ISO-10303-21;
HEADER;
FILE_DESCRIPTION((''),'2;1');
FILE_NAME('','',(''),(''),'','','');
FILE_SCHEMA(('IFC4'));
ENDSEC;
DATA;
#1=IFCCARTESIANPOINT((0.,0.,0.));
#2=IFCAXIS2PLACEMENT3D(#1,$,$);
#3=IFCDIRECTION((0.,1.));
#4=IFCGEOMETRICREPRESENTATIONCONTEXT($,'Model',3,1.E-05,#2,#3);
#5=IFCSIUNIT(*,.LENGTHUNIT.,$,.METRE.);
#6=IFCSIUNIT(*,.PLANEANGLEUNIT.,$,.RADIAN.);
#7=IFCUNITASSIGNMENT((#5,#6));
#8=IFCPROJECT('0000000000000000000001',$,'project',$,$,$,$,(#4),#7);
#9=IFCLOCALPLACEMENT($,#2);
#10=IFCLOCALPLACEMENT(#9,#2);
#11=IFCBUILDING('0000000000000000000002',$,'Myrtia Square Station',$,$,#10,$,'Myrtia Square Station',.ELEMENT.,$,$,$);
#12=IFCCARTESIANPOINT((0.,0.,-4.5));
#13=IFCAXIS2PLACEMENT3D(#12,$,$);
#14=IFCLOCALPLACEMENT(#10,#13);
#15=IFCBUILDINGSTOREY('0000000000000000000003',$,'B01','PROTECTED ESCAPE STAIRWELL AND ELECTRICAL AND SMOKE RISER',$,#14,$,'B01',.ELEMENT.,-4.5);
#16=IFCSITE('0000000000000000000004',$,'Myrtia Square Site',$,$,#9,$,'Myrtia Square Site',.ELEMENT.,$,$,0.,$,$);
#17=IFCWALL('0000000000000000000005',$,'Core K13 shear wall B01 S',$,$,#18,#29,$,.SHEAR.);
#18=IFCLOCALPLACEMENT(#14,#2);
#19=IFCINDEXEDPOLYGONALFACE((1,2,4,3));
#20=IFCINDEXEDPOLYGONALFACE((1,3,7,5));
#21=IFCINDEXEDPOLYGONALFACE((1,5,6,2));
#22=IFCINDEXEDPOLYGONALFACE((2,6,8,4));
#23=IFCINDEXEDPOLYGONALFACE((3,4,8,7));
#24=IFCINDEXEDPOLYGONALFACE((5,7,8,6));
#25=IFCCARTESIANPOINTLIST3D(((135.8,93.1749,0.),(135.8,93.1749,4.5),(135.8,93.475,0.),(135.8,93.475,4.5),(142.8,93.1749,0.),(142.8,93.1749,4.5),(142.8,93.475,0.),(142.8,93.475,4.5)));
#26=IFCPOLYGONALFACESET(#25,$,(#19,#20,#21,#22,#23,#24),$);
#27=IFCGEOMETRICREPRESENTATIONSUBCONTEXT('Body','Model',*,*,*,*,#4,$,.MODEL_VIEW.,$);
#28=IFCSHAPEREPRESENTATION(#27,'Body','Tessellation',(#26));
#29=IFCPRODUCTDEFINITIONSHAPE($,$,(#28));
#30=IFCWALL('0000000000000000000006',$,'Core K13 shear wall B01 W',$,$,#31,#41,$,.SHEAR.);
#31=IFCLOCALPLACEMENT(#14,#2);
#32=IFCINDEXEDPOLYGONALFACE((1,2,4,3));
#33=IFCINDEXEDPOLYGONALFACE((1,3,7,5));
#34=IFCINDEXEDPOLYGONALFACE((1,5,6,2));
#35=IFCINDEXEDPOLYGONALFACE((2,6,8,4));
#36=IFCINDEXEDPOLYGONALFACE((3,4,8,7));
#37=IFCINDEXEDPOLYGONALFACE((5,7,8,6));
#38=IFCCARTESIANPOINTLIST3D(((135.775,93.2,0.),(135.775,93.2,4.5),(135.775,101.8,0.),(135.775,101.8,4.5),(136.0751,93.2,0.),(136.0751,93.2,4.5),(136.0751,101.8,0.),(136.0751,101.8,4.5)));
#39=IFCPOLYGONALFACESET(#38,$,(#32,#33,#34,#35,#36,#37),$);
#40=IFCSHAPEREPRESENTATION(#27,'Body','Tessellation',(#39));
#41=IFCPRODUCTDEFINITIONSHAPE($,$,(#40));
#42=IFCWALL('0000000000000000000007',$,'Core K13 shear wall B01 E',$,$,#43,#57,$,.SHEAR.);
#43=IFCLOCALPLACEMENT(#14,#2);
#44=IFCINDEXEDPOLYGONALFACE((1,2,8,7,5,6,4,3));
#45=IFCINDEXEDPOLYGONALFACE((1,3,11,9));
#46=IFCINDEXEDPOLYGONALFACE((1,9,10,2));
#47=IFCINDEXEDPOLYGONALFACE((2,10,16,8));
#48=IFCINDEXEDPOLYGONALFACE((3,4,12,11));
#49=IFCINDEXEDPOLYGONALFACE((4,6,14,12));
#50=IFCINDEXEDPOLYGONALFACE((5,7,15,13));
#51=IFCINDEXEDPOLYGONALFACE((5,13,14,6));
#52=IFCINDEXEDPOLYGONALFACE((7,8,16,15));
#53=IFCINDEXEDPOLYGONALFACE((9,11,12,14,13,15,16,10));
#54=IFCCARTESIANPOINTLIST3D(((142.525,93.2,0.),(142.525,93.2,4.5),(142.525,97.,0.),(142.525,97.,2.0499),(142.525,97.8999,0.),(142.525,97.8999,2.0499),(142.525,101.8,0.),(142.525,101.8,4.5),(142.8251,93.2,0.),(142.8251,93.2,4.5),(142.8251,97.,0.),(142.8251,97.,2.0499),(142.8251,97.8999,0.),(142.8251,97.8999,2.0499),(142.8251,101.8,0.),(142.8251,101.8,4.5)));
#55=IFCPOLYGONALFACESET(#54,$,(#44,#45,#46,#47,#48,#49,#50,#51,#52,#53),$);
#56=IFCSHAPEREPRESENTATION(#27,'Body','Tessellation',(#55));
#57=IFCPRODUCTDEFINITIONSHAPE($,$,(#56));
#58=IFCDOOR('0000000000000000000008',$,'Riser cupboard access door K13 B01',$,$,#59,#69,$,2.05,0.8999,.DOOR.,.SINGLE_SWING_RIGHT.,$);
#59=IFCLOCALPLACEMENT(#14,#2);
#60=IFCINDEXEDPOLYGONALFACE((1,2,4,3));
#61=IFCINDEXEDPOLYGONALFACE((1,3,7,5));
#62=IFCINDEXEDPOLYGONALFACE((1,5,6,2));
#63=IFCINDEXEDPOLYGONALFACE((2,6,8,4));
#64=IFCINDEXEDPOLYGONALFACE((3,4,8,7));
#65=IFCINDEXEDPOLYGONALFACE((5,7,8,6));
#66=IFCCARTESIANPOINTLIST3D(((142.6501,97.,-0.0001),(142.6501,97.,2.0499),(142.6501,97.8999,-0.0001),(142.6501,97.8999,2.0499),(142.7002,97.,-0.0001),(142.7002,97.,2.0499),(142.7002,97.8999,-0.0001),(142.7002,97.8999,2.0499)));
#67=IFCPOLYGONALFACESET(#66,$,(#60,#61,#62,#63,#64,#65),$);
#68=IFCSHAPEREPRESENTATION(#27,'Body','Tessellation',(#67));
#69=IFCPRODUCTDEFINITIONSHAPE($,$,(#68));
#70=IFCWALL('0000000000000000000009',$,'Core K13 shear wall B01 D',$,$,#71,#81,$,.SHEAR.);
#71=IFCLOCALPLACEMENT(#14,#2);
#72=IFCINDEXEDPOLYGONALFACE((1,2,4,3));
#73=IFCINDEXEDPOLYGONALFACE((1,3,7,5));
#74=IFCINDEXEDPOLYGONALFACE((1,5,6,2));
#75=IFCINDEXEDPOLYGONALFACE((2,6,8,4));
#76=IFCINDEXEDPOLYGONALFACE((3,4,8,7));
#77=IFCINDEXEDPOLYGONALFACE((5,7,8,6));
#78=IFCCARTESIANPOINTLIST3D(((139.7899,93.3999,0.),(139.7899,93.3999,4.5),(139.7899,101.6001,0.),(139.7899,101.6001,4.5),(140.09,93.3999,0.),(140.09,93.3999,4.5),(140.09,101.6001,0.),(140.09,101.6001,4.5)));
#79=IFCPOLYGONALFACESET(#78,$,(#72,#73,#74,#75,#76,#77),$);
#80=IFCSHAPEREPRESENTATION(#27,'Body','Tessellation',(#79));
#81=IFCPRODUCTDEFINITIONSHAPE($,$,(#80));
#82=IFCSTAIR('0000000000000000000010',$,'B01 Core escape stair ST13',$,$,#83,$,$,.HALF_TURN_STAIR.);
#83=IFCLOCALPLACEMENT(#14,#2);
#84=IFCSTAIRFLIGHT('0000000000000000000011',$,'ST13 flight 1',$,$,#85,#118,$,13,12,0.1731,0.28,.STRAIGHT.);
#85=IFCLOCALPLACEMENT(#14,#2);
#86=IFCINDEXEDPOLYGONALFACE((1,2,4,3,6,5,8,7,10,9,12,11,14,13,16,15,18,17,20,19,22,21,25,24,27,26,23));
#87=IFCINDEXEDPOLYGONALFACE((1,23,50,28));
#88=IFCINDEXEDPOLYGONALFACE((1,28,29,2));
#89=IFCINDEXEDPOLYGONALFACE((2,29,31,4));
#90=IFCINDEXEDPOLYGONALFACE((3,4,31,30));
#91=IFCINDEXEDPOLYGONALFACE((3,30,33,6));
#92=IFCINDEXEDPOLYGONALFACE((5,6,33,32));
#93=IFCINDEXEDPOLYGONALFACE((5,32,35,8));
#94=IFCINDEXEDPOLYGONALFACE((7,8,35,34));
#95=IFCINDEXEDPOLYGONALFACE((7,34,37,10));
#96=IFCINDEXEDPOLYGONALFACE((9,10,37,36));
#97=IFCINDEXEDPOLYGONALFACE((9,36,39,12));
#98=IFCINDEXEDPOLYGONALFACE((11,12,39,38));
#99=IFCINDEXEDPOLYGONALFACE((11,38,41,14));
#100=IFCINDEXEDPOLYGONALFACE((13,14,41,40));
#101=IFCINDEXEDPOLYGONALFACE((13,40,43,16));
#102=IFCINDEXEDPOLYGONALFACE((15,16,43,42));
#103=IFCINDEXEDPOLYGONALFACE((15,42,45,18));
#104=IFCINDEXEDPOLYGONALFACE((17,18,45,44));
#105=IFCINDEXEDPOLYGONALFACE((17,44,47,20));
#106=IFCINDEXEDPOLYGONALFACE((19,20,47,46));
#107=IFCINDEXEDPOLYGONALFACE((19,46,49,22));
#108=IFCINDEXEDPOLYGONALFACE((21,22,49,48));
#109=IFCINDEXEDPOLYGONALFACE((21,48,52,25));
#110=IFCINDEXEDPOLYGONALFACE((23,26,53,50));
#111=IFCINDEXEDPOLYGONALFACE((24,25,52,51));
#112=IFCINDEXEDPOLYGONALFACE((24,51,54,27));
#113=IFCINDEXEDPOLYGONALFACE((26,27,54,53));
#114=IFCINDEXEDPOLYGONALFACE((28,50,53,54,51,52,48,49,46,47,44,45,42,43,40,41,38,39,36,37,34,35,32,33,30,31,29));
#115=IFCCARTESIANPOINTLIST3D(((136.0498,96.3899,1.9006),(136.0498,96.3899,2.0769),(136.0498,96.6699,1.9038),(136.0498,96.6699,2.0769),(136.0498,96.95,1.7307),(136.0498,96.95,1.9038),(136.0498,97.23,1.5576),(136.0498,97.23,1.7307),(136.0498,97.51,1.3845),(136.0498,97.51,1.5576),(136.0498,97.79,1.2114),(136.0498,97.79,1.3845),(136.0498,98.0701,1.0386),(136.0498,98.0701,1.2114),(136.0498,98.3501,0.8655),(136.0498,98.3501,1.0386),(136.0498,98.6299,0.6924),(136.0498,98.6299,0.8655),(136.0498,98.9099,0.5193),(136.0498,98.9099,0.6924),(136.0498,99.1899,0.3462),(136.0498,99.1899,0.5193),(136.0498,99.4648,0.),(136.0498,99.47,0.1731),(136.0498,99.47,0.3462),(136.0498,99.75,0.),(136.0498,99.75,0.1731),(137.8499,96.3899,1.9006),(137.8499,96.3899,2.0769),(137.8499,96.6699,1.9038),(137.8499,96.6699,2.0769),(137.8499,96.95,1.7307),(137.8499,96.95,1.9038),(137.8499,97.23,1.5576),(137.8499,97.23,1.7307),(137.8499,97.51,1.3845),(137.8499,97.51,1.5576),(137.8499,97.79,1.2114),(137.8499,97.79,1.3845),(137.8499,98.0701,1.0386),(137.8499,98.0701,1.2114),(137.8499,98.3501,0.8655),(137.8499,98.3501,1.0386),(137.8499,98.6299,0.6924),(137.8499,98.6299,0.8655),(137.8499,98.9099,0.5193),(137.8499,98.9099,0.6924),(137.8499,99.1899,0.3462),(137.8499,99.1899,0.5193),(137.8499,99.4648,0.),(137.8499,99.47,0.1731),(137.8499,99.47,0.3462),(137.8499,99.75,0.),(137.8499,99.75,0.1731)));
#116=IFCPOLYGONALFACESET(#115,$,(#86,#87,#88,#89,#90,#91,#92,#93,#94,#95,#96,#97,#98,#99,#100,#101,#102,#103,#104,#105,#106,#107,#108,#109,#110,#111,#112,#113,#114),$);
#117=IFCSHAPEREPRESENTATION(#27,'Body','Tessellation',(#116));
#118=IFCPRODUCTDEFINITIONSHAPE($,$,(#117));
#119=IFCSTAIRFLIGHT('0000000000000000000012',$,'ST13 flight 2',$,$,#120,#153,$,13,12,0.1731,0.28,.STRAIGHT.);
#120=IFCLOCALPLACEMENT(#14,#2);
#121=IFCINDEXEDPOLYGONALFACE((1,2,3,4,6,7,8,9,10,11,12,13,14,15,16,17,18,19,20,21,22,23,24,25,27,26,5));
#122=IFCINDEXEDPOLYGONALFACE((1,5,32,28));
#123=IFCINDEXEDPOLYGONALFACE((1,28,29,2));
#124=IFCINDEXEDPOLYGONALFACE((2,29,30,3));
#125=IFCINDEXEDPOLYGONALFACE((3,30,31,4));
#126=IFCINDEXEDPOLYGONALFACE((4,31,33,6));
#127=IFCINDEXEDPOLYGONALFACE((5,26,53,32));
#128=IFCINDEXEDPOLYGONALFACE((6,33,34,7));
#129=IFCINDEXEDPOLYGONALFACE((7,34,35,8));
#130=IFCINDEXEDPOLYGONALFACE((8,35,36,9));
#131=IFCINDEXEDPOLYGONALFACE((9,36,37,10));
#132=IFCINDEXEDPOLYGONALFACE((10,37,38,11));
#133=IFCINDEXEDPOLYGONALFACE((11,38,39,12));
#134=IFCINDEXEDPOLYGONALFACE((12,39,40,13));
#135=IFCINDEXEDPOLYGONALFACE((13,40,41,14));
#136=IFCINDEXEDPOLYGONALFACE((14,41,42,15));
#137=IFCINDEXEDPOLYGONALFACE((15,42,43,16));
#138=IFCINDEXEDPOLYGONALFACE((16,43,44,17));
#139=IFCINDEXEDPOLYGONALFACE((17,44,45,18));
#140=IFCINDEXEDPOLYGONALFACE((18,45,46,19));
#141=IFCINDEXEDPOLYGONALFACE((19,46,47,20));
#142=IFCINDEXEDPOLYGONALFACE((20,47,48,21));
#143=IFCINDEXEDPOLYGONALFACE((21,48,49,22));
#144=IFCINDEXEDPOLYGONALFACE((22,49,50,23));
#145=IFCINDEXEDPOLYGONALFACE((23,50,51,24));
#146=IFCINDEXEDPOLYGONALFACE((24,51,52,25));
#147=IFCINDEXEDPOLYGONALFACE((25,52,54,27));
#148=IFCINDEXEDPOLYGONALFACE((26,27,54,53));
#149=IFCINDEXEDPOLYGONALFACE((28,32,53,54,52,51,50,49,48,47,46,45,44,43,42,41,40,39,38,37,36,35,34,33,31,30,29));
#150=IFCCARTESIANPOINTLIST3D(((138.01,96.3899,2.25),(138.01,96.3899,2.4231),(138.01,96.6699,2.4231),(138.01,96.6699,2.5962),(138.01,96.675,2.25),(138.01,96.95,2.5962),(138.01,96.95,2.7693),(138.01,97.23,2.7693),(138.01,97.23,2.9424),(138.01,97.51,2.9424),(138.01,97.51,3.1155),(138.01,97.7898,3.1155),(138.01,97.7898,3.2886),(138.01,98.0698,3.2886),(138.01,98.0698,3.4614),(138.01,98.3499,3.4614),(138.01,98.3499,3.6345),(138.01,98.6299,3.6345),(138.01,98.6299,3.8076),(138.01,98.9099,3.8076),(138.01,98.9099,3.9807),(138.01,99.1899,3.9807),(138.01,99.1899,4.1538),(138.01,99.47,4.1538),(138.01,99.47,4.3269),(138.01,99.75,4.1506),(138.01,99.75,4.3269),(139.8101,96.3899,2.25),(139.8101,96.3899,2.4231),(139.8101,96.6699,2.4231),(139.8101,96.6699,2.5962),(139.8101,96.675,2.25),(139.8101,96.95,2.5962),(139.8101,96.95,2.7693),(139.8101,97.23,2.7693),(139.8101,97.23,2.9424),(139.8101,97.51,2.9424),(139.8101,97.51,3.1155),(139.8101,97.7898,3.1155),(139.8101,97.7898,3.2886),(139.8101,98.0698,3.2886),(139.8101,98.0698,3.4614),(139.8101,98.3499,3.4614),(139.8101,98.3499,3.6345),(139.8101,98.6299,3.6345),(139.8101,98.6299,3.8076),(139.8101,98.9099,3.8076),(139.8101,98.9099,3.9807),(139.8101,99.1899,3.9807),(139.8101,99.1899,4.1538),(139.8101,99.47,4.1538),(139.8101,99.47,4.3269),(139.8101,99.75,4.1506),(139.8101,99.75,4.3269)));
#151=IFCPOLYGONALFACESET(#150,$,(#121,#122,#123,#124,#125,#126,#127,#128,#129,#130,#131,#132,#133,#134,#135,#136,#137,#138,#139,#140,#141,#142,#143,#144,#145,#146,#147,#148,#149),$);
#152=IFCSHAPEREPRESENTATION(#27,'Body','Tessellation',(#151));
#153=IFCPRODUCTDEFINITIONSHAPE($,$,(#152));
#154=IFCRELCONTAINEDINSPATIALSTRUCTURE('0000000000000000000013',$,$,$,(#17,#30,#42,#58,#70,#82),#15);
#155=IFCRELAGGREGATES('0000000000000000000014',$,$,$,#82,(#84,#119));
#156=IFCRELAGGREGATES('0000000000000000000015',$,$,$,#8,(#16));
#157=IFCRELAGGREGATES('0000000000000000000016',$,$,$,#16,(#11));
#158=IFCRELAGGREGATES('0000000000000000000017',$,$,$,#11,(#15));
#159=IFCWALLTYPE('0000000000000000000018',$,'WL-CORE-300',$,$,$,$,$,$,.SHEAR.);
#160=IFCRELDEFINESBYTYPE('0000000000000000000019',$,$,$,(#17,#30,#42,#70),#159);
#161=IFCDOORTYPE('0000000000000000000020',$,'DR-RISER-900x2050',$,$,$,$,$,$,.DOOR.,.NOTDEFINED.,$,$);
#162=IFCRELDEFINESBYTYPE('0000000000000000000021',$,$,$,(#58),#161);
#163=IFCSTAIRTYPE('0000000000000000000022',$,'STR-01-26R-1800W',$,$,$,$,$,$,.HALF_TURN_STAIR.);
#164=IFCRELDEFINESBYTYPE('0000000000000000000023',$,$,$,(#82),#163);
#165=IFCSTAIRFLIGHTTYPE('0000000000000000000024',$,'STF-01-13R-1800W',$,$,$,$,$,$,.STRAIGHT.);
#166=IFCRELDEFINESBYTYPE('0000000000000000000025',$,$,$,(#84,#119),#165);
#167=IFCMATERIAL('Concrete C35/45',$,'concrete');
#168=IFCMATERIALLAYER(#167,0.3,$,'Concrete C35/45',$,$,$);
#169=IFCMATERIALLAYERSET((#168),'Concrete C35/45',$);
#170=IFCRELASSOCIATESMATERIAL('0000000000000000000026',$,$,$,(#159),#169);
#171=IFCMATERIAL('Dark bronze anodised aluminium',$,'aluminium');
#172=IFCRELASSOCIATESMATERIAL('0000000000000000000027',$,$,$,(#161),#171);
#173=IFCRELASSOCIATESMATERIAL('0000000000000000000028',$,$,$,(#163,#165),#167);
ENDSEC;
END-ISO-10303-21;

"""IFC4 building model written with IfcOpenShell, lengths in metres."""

from ifc_helpers import new_model, si_unit, direction, frame, frame_2d, origin, place, context, subcontext, project, spatial, polyline, rectangle, outline, extrude, material, layer, layer_set, type_object, element, fill, aggregate, save


model = new_model("IFC4")

# Units and contexts
model_context = context("Model", 3, precision=1e-05, world=origin(), true_north=direction((0.0, 1.0)))
body_context = subcontext(model_context, "Body", "Model", "MODEL_VIEW")
ifc_project = project(units=[si_unit("LENGTHUNIT", "METRE"), si_unit("PLANEANGLEUNIT", "RADIAN")], contexts=[model_context])

# Site, building, storey
site_placement = place(None, origin())
site = spatial("IfcSite", under=ifc_project, at=site_placement, Name="Myrtia Square Site", LongName="Myrtia Square Site", CompositionType="ELEMENT", RefElevation=0.0)
building_placement = place(site_placement, origin())
building = spatial("IfcBuilding", under=site, at=building_placement, Name="Myrtia Square Station", LongName="Myrtia Square Station", CompositionType="ELEMENT")
storey_placement = place(building_placement, frame((0.0, 0.0, -4.5)))
storey = spatial("IfcBuildingStorey", under=building, at=storey_placement, Name="B01", Description="PROTECTED ESCAPE STAIRWELL AND ELECTRICAL AND SMOKE RISER", LongName="B01", CompositionType="ELEMENT", Elevation=-4.5)

# Shared definitions
ifc_material_1 = material(Name="Concrete C35/45", Category="concrete")

# Wall
ifc_layer = layer(ifc_material_1, 0.3, Name="Concrete C35/45")
ifc_layer_set = layer_set([ifc_layer], Name="Concrete C35/45")
wall_type = type_object("IfcWallType", Name="WL-CORE-300", PredefinedType="SHEAR", material=ifc_layer_set)
wall_1_placement = place(storey_placement, frame((135.8, 93.325, 0.0), z_axis=(0.0, 0.0, 1.0), x_axis=(1.0, 0.0, 0.0)))
element("IfcWall", 1, at=wall_1_placement, inside=storey, type_object=wall_type, Name="Core K13 shear wall B01 S", PredefinedType="SHEAR", context=body_context, shape_type="SweptSolid", body=[
    extrude(rectangle(XDim=7.0, YDim=0.3, at=frame_2d((3.5, 0.0))), origin(), (0.0, 0.0, 1.0), 4.5),
])

# Shared definitions
ifc_material_2 = material(Name="Dark bronze anodised aluminium", Category="aluminium")

# Wall
wall_2_placement = place(storey_placement, frame((135.925, 93.2, 0.0), z_axis=(0.0, 0.0, 1.0), x_axis=(0.0, 1.0, 0.0)))
element("IfcWall", 2, at=wall_2_placement, inside=storey, type_object=wall_type, Name="Core K13 shear wall B01 W", PredefinedType="SHEAR", context=body_context, shape_type="SweptSolid", body=[
    extrude(rectangle(XDim=8.6001, YDim=0.3, at=frame_2d((4.3, 0.0))), origin(), (0.0, 0.0, 1.0), 4.5),
])

# Wall, opening, door
wall_3_placement = place(storey_placement, frame((142.675, 93.2, 0.0), z_axis=(0.0, 0.0, 1.0), x_axis=(0.0, 1.0, 0.0)))
wall_3 = element("IfcWall", 3, at=wall_3_placement, inside=storey, type_object=wall_type, Name="Core K13 shear wall B01 E", PredefinedType="SHEAR", context=body_context, shape_type="SweptSolid", body=[
    extrude(rectangle(XDim=8.6001, YDim=0.3, at=frame_2d((4.3, 0.0))), origin(), (0.0, 0.0, 1.0), 4.5),
])
opening_1_placement = place(wall_3_placement, frame((3.8, 0.0, 0.0)))
opening_1 = element("IfcOpeningElement", 4, at=opening_1_placement, cuts=wall_3, PredefinedType="OPENING", context=body_context, shape_type="SweptSolid", body=[
    extrude(rectangle(XDim=0.8999, YDim=2.05, at=frame_2d((0.45, 1.0249))), frame((0.0, 0.165, 0.0), z_axis=(0.0, -1.0, 0.0), x_axis=(1.0, 0.0, 0.0)), (0.0, 0.0, 1.0), 0.3301),
])
door_type_1 = type_object("IfcDoorType", Name="DR-RISER-900x2050", OperationType="NOTDEFINED", PredefinedType="DOOR", material=ifc_material_2)
door_1_placement = place(opening_1_placement, origin())
door_1 = element("IfcDoor", 5, at=door_1_placement, inside=storey, type_object=door_type_1, Name="Riser cupboard access door K13 B01", OperationType="SINGLE_SWING_RIGHT", OverallHeight=2.05, OverallWidth=0.8999, PredefinedType="DOOR", context=body_context, shape_type="SweptSolid", body=[
    extrude(rectangle(XDim=0.8999, YDim=2.05, at=frame_2d((0.45, 1.0249))), frame((0.0, 0.0249, 0.0), z_axis=(0.0, -1.0, 0.0), x_axis=(1.0, 0.0, 0.0)), (0.0, 0.0, 1.0), 0.05),
])
fill(opening_1, door_1)

# Wall
wall_4_placement = place(storey_placement, frame((139.9399, 93.3999, 0.0), z_axis=(0.0, 0.0, 1.0), x_axis=(0.0, 1.0, 0.0)))
element("IfcWall", 6, at=wall_4_placement, inside=storey, type_object=wall_type, Name="Core K13 shear wall B01 D", PredefinedType="SHEAR", context=body_context, shape_type="SweptSolid", body=[
    extrude(rectangle(XDim=8.2002, YDim=0.3, at=frame_2d((4.1001, 0.0))), origin(), (0.0, 0.0, 1.0), 4.5),
])

# Stair, stair flights
stair_type = type_object("IfcStairType", Name="STR-01-26R-1800W", PredefinedType="HALF_TURN_STAIR", material=ifc_material_1)
stair_placement = place(storey_placement, origin())
stair = element("IfcStair", 7, at=stair_placement, inside=storey, type_object=stair_type, Name="B01 Core escape stair ST13", PredefinedType="HALF_TURN_STAIR")
stair_flight_type = type_object("IfcStairFlightType", Name="STF-01-13R-1800W", PredefinedType="STRAIGHT", material=ifc_material_1)
stair_flight_1_placement = place(storey_placement, frame((136.95, 99.75, 0.0), z_axis=(0.0, 0.0, 1.0), x_axis=(0.0, -1.0, 0.0)))
stair_flight_1 = element("IfcStairFlight", 8, at=stair_flight_1_placement, type_object=stair_flight_type, Name="ST13 flight 1", NumberOfRisers=13, NumberOfTreads=12, PredefinedType="STRAIGHT", RiserHeight=0.1731, TreadLength=0.28, context=body_context, shape_type="SweptSolid", body=[
    extrude(outline(polyline([(0.0, 0.0), (0.0, 0.1731), (0.28, 0.1731), (0.28, 0.3462), (0.5601, 0.3462), (0.5601, 0.5193), (0.8401, 0.5193), (0.8401, 0.6924), (1.1201, 0.6924), (1.1201, 0.8655), (1.3999, 0.8655), (1.3999, 1.0386), (1.6799, 1.0386), (1.6799, 1.2114), (1.96, 1.2114), (1.96, 1.3845), (2.24, 1.3845), (2.24, 1.5576), (2.52, 1.5576), (2.52, 1.7307), (2.8, 1.7307), (2.8, 1.9038), (3.0801, 1.9038), (3.0801, 2.0769), (3.3601, 2.0769), (3.3601, 2.25), (3.3601, 1.9006), (0.2852, 0.0), (0.0, 0.0)])), frame((0.0, 0.8999, 0.0), z_axis=(0.0, -1.0, 0.0), x_axis=(1.0, 0.0, 0.0)), (0.0, 0.0, 1.0), 1.8),
])
stair_flight_2_placement = place(storey_placement, frame((138.9099, 96.3899, 2.25), z_axis=(0.0, 0.0, 1.0), x_axis=(0.0, 1.0, 0.0)))
stair_flight_2 = element("IfcStairFlight", 9, at=stair_flight_2_placement, type_object=stair_flight_type, Name="ST13 flight 2", NumberOfRisers=13, NumberOfTreads=12, PredefinedType="STRAIGHT", RiserHeight=0.1731, TreadLength=0.28, context=body_context, shape_type="SweptSolid", body=[
    extrude(outline(polyline([(0.0, 0.0), (0.0, 0.1731), (0.28, 0.1731), (0.28, 0.3462), (0.5601, 0.3462), (0.5601, 0.5193), (0.8401, 0.5193), (0.8401, 0.6924), (1.1201, 0.6924), (1.1201, 0.8655), (1.3999, 0.8655), (1.3999, 1.0386), (1.6799, 1.0386), (1.6799, 1.2114), (1.96, 1.2114), (1.96, 1.3845), (2.24, 1.3845), (2.24, 1.5576), (2.52, 1.5576), (2.52, 1.7307), (2.8, 1.7307), (2.8, 1.9038), (3.0801, 1.9038), (3.0801, 2.0769), (3.3601, 2.0769), (3.3601, 2.25), (3.3601, 1.9006), (0.2852, 0.0), (0.0, 0.0)])), frame((0.0, 0.8999, 0.0), z_axis=(0.0, -1.0, 0.0), x_axis=(1.0, 0.0, 0.0)), (0.0, 0.0, 1.0), 1.8),
])
aggregate(stair, [stair_flight_1, stair_flight_2])

save(model, "model.ifc")
